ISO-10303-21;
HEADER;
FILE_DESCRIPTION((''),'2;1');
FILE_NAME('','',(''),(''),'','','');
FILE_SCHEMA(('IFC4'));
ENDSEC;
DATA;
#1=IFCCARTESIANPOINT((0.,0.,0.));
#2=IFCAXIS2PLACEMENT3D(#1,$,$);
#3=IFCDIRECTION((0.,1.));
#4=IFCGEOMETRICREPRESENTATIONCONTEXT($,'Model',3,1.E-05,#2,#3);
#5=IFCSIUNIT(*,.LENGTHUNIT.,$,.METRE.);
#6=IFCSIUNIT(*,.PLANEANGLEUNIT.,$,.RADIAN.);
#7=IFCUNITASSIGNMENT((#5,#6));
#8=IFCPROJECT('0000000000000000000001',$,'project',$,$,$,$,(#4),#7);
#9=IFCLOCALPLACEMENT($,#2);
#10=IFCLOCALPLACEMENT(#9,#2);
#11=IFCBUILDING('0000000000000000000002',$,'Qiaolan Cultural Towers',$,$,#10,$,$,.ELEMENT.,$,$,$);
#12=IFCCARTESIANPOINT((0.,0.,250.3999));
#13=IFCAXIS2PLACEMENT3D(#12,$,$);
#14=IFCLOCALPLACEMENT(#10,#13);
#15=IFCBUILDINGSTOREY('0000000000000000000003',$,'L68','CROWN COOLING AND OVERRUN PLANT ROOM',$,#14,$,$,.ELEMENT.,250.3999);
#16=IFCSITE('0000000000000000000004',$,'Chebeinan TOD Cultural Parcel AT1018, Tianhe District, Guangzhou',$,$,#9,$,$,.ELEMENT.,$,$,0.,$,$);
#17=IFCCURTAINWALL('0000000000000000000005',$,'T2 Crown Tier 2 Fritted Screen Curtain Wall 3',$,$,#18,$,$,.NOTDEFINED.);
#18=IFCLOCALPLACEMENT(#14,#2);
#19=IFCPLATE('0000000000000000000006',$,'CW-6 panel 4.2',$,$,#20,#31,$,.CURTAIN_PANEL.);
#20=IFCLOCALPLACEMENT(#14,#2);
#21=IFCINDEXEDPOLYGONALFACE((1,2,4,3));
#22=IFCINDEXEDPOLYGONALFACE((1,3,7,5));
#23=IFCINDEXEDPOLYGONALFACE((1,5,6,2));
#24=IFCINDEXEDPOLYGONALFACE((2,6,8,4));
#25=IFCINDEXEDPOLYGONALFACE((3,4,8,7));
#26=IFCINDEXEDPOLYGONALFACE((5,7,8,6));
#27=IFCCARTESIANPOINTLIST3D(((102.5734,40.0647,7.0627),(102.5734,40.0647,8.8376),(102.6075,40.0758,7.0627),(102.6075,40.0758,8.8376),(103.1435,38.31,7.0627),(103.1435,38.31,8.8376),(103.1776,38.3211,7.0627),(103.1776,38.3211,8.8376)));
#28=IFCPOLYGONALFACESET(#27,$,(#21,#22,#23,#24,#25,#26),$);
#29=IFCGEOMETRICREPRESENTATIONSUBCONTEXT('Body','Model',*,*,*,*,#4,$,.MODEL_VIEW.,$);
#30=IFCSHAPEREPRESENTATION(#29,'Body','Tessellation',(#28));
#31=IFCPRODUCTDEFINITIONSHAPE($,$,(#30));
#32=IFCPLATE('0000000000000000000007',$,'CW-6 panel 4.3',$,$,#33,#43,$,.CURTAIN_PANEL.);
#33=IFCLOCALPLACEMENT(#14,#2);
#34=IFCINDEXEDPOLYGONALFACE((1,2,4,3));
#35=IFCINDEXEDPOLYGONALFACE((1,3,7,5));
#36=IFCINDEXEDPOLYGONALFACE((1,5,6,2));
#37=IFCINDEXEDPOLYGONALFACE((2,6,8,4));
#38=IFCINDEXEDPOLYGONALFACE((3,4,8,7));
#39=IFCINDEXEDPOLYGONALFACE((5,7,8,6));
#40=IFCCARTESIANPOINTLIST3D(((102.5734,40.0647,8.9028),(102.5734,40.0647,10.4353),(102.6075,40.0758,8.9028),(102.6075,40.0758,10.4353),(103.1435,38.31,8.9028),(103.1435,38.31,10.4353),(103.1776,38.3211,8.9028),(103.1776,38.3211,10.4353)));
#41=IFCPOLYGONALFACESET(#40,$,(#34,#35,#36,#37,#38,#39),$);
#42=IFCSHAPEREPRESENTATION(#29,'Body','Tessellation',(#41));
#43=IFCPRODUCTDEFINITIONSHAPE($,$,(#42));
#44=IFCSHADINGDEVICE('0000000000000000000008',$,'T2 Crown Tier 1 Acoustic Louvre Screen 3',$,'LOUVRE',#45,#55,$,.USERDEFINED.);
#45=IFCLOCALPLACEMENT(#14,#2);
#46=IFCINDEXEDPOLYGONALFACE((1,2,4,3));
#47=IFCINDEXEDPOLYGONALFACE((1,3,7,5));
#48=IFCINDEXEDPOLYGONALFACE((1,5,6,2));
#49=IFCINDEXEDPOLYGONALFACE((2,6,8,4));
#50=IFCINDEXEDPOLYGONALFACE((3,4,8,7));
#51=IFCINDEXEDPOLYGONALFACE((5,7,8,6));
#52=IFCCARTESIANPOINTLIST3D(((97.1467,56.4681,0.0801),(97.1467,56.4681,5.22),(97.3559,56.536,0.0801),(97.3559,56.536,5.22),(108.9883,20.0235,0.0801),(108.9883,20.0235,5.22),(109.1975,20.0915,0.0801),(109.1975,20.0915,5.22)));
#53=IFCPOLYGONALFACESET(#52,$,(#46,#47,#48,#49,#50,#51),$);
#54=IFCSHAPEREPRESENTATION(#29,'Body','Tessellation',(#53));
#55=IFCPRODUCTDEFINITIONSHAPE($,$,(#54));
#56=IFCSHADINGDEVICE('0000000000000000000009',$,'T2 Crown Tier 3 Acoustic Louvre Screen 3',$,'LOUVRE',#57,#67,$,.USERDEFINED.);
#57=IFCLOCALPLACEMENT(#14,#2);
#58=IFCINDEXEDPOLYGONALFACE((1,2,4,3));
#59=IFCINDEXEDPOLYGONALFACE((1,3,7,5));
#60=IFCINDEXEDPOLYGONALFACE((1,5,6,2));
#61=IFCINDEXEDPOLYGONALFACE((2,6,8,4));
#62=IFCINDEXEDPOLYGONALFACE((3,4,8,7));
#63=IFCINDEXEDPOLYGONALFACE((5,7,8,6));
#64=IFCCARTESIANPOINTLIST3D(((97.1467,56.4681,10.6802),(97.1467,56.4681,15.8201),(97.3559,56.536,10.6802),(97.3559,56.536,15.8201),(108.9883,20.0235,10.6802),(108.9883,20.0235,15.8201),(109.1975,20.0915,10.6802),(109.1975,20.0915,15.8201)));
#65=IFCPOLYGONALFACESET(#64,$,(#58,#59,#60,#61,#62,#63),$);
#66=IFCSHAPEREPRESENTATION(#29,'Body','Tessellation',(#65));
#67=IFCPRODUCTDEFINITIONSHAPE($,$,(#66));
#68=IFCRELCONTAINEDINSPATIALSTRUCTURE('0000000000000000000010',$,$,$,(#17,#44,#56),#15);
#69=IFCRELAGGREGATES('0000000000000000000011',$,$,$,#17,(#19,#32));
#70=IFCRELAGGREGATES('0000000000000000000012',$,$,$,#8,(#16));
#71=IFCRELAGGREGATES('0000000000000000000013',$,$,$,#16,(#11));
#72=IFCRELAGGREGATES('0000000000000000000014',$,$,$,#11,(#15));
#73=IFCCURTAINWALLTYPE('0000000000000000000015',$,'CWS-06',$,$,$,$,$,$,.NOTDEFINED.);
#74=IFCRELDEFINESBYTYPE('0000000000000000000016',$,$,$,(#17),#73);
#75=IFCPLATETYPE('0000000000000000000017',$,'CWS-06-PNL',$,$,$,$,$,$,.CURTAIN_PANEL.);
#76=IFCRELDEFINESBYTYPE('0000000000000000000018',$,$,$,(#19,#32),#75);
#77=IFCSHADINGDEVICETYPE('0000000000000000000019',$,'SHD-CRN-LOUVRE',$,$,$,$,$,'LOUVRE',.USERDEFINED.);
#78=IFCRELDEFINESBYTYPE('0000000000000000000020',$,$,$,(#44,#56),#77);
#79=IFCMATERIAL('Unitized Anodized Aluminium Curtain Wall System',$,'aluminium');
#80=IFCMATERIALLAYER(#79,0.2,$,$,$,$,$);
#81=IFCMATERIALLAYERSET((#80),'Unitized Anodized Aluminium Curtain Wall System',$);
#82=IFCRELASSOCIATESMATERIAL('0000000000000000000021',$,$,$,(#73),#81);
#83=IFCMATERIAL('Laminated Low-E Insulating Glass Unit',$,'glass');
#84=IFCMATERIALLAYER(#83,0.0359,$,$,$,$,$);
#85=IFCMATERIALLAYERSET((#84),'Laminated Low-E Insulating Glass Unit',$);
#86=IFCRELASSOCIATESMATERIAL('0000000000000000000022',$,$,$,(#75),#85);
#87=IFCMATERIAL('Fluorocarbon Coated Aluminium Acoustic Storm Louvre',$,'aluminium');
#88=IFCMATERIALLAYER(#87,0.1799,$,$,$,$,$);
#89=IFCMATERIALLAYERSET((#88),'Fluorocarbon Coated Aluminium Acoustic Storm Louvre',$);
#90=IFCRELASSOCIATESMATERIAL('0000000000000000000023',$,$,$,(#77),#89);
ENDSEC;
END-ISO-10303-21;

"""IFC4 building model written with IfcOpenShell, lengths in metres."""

from ifc_helpers import new_model, si_unit, direction, frame, origin, origin_2d, place, context, subcontext, project, spatial, rectangle, extrude, material, layer, layer_set, type_object, element, aggregate, save


model = new_model("IFC4")

# Units and contexts
model_context = context("Model", 3, precision=1e-05, world=origin(), true_north=direction((0.0, 1.0)))
body_context = subcontext(model_context, "Body", "Model", "MODEL_VIEW")
ifc_project = project(units=[si_unit("LENGTHUNIT", "METRE"), si_unit("PLANEANGLEUNIT", "RADIAN")], contexts=[model_context])

# Site, building, storey
site_placement = place(None, origin())
site = spatial("IfcSite", under=ifc_project, at=site_placement, Name="Chebeinan TOD Cultural Parcel AT1018, Tianhe District, Guangzhou", CompositionType="ELEMENT", RefElevation=0.0)
building_placement = place(site_placement, origin())
building = spatial("IfcBuilding", under=site, at=building_placement, Name="Qiaolan Cultural Towers", CompositionType="ELEMENT")
storey_placement = place(building_placement, frame((0.0, 0.0, 250.3999)))
storey = spatial("IfcBuildingStorey", under=building, at=storey_placement, Name="L68", Description="CROWN COOLING AND OVERRUN PLANT ROOM", CompositionType="ELEMENT", Elevation=250.3999)

# Curtain wall
ifc_material_1 = material(Name="Unitized Anodized Aluminium Curtain Wall System", Category="aluminium")
ifc_layer_1 = layer(ifc_material_1, 0.2)
ifc_layer_set_1 = layer_set([ifc_layer_1], Name="Unitized Anodized Aluminium Curtain Wall System")
curtain_wall_type = type_object("IfcCurtainWallType", Name="CWS-06", PredefinedType="NOTDEFINED", material=ifc_layer_set_1)
curtain_wall_1_placement = place(storey_placement, origin())
curtain_wall_1 = element("IfcCurtainWall", 1, at=curtain_wall_1_placement, inside=storey, type_object=curtain_wall_type, Name="T2 Crown Tier 2 Fritted Screen Curtain Wall 3", PredefinedType="NOTDEFINED")

# Plates
ifc_material_2 = material(Name="Laminated Low-E Insulating Glass Unit", Category="glass")
ifc_layer_2 = layer(ifc_material_2, 0.0359)
ifc_layer_set_2 = layer_set([ifc_layer_2], Name="Laminated Low-E Insulating Glass Unit")
plate_type = type_object("IfcPlateType", Name="CWS-06-PNL", PredefinedType="CURTAIN_PANEL", material=ifc_layer_set_2)
plate_1_placement = place(storey_placement, frame((102.8755, 39.1929, 7.0627), z_axis=(0.0, 0.0, 1.0), x_axis=(-0.309017, 0.951057, 0.0)))
plate_1 = element("IfcPlate", 2, at=plate_1_placement, type_object=plate_type, Name="CW-6 panel 4.2", PredefinedType="CURTAIN_PANEL", context=body_context, shape_type="SweptSolid", body=[
    extrude(rectangle(XDim=1.845, YDim=0.0359, at=origin_2d()), origin(), (0.0, 0.0, 1.0), 1.7749),
])
plate_2_placement = place(storey_placement, frame((102.8755, 39.1929, 8.9028), z_axis=(0.0, 0.0, 1.0), x_axis=(-0.309017, 0.951057, 0.0)))
plate_2 = element("IfcPlate", 3, at=plate_2_placement, type_object=plate_type, Name="CW-6 panel 4.3", PredefinedType="CURTAIN_PANEL", context=body_context, shape_type="SweptSolid", body=[
    extrude(rectangle(XDim=1.845, YDim=0.0359, at=origin_2d()), origin(), (0.0, 0.0, 1.0), 1.5325),
])
aggregate(curtain_wall_1, [plate_1, plate_2])

# Shading devices
ifc_material_3 = material(Name="Fluorocarbon Coated Aluminium Acoustic Storm Louvre", Category="aluminium")
ifc_layer_3 = layer(ifc_material_3, 0.1799)
ifc_layer_set_3 = layer_set([ifc_layer_3], Name="Fluorocarbon Coated Aluminium Acoustic Storm Louvre")
shading_device_type = type_object("IfcShadingDeviceType", Name="SHD-CRN-LOUVRE", ElementType="LOUVRE", PredefinedType="USERDEFINED", material=ifc_layer_set_3)
for number, where, z_axis, x_axis, name in (
    (4, (103.1721, 38.2798, 0.0801), (0.0, 0.0, 1.0), (-0.309017, 0.951057, 0.0), "T2 Crown Tier 1 Acoustic Louvre Screen 3"),
    (5, (103.1721, 38.2798, 10.6802), (0.0, 0.0, 1.0), (-0.309017, 0.951057, 0.0), "T2 Crown Tier 3 Acoustic Louvre Screen 3"),
):
    element("IfcShadingDevice", number, at=place(storey_placement, frame(where, z_axis=z_axis, x_axis=x_axis)), inside=storey, type_object=shading_device_type, Name=name, ObjectType="LOUVRE", PredefinedType="USERDEFINED", context=body_context, shape_type="SweptSolid", body=[
        extrude(rectangle(XDim=38.3201, YDim=0.22, at=origin_2d()), origin(), (0.0, 0.0, 1.0), 5.1399),
    ])

save(model, "model.ifc")
